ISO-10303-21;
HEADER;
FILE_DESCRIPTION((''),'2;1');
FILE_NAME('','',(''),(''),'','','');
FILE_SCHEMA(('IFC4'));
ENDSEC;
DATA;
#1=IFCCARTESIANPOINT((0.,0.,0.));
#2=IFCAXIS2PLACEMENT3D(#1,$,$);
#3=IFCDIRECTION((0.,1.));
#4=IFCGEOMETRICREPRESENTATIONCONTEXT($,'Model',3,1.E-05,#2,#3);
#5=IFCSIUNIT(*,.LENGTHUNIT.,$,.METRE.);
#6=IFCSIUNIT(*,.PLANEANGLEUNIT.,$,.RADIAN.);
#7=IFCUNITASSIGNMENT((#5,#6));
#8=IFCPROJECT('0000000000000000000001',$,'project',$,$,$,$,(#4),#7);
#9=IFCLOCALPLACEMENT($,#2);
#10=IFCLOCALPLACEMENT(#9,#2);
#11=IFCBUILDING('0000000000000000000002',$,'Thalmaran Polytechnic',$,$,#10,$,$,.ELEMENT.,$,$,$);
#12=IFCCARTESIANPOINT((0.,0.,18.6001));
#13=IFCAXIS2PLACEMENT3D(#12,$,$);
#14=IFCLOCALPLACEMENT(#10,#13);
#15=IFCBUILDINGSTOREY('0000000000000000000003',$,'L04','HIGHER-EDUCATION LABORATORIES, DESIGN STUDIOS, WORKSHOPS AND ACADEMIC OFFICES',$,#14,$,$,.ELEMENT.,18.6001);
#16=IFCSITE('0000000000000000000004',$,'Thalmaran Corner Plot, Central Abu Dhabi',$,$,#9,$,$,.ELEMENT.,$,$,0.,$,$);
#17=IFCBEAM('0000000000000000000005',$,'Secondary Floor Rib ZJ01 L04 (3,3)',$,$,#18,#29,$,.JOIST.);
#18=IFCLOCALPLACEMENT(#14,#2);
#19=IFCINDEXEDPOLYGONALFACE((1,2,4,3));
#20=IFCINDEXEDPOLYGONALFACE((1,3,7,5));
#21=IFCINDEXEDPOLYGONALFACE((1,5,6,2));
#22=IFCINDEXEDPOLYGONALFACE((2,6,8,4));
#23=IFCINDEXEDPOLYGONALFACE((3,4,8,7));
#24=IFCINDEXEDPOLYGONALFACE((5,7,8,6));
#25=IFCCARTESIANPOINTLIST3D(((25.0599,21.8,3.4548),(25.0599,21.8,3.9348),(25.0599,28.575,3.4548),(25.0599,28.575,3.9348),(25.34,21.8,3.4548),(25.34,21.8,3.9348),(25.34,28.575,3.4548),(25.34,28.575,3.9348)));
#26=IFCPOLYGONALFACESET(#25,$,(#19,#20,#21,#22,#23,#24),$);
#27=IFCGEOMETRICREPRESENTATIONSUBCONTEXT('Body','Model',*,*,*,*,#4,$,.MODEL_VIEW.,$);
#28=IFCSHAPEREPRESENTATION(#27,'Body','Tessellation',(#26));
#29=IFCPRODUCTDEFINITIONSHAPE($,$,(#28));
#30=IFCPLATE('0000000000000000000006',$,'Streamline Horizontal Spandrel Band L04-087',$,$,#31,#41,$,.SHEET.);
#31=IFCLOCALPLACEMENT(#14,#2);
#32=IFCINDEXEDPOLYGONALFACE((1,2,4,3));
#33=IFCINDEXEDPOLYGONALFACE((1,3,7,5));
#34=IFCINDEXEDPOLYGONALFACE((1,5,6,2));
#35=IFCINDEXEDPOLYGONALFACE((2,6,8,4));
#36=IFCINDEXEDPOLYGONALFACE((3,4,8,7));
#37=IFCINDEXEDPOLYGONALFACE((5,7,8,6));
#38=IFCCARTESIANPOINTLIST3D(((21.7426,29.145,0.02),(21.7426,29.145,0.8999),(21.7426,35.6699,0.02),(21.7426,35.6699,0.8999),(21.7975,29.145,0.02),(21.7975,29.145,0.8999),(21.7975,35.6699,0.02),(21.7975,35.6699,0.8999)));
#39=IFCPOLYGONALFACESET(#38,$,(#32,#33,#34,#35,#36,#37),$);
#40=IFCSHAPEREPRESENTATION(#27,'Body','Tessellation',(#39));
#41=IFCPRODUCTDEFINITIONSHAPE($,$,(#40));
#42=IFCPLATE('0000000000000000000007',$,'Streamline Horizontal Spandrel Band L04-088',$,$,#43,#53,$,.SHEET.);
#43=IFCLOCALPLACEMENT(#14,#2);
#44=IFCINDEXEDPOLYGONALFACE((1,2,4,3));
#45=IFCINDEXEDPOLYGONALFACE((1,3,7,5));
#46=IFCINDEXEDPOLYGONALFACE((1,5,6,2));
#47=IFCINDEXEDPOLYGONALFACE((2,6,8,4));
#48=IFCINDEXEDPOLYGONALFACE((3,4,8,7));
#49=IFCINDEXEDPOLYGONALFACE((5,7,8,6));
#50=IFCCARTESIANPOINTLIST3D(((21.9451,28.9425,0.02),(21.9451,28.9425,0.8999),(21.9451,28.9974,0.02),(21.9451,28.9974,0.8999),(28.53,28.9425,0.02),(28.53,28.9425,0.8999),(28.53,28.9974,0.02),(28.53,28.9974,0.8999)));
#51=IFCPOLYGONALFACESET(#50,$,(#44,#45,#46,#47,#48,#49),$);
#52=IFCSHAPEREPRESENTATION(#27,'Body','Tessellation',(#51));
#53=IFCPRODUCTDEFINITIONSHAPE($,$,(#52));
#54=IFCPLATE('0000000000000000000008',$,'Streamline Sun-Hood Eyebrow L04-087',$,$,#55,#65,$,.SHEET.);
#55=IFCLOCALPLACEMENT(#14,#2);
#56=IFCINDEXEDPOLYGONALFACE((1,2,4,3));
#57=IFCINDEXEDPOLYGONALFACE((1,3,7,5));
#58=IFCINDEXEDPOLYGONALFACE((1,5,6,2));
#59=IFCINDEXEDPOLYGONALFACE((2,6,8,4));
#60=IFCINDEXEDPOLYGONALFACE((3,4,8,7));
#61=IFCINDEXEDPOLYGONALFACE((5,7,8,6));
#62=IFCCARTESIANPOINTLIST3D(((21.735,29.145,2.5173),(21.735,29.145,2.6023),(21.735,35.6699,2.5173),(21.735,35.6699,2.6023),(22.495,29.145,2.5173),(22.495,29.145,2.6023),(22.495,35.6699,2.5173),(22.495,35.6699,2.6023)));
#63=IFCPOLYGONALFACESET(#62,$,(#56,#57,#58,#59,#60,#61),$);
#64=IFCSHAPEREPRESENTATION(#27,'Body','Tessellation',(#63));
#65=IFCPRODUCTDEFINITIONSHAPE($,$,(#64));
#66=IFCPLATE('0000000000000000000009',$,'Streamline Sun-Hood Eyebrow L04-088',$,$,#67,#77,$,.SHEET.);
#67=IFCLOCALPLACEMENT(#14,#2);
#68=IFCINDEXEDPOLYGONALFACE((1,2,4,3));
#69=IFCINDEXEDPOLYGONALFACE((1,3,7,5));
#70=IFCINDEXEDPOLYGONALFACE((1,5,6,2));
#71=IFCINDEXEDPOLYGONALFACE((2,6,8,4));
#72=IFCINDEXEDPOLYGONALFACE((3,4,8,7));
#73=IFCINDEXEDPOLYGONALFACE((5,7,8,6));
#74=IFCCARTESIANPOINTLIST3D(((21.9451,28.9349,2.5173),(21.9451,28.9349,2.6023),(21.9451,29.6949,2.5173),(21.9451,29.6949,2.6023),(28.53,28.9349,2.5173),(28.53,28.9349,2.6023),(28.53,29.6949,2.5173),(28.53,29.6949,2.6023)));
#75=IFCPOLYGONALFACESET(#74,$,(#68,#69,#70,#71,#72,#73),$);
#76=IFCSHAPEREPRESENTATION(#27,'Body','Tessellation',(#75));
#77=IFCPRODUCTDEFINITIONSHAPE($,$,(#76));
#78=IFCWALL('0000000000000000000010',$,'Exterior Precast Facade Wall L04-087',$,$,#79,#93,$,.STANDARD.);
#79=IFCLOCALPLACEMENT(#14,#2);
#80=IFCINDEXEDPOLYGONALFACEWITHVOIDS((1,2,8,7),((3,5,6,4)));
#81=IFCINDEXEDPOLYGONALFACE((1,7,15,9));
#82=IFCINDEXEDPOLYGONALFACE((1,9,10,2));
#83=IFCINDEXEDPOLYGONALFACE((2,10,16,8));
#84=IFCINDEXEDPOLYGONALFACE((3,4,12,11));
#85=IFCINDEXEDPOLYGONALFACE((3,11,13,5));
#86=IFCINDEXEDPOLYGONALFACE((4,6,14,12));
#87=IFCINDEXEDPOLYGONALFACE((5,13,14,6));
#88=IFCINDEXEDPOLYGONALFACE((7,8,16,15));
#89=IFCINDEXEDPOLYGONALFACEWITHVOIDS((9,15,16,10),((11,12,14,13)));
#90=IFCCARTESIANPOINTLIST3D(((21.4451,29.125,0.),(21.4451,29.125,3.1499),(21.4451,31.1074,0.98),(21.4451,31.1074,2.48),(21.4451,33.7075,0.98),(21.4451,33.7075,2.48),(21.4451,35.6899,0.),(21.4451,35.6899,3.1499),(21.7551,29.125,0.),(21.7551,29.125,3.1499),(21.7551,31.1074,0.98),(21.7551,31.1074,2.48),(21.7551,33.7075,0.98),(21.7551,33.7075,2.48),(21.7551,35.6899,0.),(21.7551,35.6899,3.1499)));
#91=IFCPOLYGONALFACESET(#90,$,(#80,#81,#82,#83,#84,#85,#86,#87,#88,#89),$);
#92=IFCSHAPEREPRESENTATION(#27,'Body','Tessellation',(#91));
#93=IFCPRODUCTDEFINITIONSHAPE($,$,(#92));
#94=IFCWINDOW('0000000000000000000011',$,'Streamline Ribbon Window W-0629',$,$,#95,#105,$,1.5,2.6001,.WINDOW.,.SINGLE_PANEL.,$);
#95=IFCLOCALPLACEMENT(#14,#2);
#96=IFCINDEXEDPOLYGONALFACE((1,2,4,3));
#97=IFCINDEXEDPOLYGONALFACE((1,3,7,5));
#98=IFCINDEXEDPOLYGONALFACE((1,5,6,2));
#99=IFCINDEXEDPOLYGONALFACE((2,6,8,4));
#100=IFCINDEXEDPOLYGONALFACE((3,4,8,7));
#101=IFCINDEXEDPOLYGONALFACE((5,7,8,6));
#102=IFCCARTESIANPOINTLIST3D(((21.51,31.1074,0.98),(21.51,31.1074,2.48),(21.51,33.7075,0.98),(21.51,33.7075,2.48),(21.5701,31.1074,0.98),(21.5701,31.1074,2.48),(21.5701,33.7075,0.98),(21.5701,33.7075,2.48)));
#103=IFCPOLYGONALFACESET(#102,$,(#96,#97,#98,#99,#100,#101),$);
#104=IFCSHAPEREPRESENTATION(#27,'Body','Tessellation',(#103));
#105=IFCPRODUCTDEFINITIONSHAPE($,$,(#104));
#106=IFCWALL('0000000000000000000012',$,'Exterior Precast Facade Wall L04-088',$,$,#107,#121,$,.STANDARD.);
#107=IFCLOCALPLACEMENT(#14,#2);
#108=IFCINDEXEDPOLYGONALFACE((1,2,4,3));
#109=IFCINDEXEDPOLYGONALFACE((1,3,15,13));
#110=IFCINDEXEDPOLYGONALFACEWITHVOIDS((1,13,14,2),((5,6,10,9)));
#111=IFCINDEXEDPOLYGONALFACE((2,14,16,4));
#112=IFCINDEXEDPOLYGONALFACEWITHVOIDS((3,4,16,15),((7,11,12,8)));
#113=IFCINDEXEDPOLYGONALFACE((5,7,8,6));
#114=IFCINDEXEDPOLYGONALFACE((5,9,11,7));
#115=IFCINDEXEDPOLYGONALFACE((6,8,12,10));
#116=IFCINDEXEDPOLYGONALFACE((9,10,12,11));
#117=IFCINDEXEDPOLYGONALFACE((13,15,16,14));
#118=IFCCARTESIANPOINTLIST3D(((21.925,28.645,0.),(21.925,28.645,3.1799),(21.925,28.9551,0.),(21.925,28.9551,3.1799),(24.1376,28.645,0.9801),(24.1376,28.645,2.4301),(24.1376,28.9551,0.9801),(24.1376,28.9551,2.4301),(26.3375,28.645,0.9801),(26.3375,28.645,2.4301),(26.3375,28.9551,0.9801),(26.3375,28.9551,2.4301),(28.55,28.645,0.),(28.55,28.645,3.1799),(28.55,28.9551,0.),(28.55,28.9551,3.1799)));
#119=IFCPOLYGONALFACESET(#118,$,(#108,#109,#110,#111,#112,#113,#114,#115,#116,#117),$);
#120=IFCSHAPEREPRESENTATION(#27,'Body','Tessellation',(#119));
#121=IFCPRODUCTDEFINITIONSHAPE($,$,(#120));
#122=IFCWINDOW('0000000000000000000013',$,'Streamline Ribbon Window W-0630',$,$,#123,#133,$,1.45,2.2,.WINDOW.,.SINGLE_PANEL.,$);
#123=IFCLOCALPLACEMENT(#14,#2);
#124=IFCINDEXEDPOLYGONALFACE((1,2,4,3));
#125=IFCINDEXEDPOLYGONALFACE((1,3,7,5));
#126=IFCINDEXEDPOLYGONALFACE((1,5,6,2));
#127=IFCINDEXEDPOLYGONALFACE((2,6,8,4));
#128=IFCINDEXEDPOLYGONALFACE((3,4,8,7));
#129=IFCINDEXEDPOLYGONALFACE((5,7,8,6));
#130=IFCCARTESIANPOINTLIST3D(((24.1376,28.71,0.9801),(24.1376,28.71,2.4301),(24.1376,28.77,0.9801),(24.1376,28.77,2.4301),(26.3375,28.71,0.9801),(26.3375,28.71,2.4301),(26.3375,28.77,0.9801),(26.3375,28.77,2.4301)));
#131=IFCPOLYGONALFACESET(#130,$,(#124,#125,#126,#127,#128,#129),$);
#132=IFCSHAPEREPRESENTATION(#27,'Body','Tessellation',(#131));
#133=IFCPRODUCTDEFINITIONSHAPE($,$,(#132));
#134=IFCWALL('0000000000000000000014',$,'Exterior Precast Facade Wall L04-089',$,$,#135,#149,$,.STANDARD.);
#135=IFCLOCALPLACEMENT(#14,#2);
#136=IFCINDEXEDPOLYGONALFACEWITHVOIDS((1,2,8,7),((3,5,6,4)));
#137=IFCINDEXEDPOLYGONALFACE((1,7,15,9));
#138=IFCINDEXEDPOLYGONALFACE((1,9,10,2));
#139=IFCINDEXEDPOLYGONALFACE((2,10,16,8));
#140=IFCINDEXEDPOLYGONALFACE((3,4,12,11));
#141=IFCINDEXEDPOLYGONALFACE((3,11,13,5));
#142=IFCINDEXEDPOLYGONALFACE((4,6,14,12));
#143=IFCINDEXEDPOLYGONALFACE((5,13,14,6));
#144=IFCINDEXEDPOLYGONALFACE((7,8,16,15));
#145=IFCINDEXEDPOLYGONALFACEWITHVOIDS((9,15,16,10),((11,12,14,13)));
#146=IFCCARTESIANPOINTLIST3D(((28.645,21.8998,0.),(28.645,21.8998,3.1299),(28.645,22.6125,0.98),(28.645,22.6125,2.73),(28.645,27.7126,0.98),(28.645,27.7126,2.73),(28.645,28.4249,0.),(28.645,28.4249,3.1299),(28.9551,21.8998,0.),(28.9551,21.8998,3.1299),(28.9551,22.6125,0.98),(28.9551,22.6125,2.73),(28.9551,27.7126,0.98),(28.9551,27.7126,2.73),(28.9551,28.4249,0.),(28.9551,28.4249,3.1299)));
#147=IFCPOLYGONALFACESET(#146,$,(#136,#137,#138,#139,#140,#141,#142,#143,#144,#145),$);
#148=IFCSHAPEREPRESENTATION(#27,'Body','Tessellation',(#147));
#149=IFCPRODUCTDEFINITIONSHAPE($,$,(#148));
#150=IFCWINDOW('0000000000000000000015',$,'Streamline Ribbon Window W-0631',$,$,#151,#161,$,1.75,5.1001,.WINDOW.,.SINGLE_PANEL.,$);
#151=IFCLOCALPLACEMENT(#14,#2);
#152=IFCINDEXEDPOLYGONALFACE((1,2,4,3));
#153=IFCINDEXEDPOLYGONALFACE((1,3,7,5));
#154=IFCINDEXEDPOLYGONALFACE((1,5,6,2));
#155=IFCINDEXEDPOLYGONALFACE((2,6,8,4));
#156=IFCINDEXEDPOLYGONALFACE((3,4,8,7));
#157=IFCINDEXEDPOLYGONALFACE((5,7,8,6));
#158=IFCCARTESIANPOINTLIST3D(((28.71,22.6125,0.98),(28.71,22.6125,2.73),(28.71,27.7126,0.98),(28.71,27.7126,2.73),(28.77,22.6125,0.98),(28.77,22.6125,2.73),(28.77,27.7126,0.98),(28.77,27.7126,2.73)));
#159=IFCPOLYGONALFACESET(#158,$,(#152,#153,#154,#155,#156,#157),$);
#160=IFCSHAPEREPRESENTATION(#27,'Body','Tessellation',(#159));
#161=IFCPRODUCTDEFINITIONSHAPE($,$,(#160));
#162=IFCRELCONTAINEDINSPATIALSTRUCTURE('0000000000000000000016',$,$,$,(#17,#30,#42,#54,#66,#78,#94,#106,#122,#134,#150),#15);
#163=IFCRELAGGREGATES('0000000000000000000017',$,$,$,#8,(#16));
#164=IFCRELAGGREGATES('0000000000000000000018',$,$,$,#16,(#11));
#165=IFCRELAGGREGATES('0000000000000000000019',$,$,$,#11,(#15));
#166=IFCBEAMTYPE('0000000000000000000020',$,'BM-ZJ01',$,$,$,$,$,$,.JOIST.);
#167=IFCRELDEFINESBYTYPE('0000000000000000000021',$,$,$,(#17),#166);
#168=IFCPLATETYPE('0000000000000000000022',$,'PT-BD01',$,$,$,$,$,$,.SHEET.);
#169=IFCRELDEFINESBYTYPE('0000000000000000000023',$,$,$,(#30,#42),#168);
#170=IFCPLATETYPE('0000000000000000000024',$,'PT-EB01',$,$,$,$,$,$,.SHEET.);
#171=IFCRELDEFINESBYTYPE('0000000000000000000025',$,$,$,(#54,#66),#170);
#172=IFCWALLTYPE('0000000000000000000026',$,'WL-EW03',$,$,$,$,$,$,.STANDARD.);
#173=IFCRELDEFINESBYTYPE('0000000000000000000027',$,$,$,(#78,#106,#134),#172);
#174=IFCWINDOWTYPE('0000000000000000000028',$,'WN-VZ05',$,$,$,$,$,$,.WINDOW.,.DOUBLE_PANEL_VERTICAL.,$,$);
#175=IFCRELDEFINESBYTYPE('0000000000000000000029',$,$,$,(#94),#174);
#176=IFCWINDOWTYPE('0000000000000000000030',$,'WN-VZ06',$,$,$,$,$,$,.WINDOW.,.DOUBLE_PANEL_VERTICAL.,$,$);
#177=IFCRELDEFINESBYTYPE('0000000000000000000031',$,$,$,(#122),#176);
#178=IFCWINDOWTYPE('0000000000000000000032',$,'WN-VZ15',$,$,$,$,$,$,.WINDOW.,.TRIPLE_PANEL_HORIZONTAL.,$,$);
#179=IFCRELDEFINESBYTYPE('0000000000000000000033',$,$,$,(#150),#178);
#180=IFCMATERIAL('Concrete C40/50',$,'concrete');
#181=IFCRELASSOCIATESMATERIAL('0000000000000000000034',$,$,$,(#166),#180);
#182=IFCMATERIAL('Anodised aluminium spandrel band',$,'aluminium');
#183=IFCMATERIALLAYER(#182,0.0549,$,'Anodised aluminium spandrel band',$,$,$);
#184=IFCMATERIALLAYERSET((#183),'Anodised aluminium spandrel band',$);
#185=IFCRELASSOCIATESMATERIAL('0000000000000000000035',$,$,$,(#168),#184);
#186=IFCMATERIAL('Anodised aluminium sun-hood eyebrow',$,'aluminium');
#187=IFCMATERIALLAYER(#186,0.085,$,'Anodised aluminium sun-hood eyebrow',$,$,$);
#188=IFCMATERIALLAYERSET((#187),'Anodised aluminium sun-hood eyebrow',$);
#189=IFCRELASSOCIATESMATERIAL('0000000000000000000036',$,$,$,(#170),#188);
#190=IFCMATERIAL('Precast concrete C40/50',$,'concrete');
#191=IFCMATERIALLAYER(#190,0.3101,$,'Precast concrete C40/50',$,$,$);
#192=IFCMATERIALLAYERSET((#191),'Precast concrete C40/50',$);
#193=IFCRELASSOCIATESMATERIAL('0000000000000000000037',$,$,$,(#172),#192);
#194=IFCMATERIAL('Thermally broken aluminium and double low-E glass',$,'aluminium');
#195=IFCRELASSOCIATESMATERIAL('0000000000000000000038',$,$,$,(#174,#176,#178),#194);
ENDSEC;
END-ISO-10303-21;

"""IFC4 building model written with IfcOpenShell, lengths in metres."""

from ifc_helpers import new_model, si_unit, direction, frame, frame_2d, origin, origin_2d, place, context, subcontext, project, spatial, rectangle, extrude, material, layer, layer_set, material_profile, profile_set, type_object, element, fill, save


model = new_model("IFC4")

# Units and contexts
model_context = context("Model", 3, precision=1e-05, world=origin(), true_north=direction((0.0, 1.0)))
body_context = subcontext(model_context, "Body", "Model", "MODEL_VIEW")
ifc_project = project(units=[si_unit("LENGTHUNIT", "METRE"), si_unit("PLANEANGLEUNIT", "RADIAN")], contexts=[model_context])

# Site, building, storey
site_placement = place(None, origin())
site = spatial("IfcSite", under=ifc_project, at=site_placement, Name="Thalmaran Corner Plot, Central Abu Dhabi", CompositionType="ELEMENT", RefElevation=0.0)
building_placement = place(site_placement, origin())
building = spatial("IfcBuilding", under=site, at=building_placement, Name="Thalmaran Polytechnic", CompositionType="ELEMENT")
storey_placement = place(building_placement, frame((0.0, 0.0, 18.6001)))
storey = spatial("IfcBuildingStorey", under=building, at=storey_placement, Name="L04", Description="HIGHER-EDUCATION LABORATORIES, DESIGN STUDIOS, WORKSHOPS AND ACADEMIC OFFICES", CompositionType="ELEMENT", Elevation=18.6001)

# Shared definitions
ifc_material_1 = material(Name="Concrete C40/50", Category="concrete")

# Beam
ifc_material_profile_1 = material_profile(ifc_material_1, rectangle(XDim=0.28, YDim=0.48, at=origin_2d()), Name="RC 280x480")
ifc_profile_set_1 = profile_set([ifc_material_profile_1], Name="Concrete C40/50")
beam_type_1 = type_object("IfcBeamType", Name="BM-ZJ01", PredefinedType="JOIST", material=ifc_profile_set_1)
beam_1_placement = place(storey_placement, frame((25.2, 21.8, 3.6948), z_axis=(0.0, 1.0, 0.0), x_axis=(-1.0, 0.0, 0.0)))
element("IfcBeam", 1, at=beam_1_placement, inside=storey, type_object=beam_type_1, Name="Secondary Floor Rib ZJ01 L04 (3,3)", PredefinedType="JOIST", context=body_context, shape_type="SweptSolid", body=[
    extrude(rectangle(XDim=0.28, YDim=0.48, at=origin_2d()), origin(), (0.0, 0.0, 1.0), 6.7749),
])

# Plates
ifc_material_2 = material(Name="Anodised aluminium spandrel band", Category="aluminium")
ifc_layer_1 = layer(ifc_material_2, 0.0549, Name="Anodised aluminium spandrel band")
ifc_layer_set_1 = layer_set([ifc_layer_1], Name="Anodised aluminium spandrel band")
plate_type_1 = type_object("IfcPlateType", Name="PT-BD01", PredefinedType="SHEET", material=ifc_layer_set_1)
plate_1_placement = place(storey_placement, frame((21.77, 32.4075, 0.02), z_axis=(0.0, 0.0, 1.0), x_axis=(0.0, -1.0, 0.0)))
element("IfcPlate", 2, at=plate_1_placement, inside=storey, type_object=plate_type_1, Name="Streamline Horizontal Spandrel Band L04-087", PredefinedType="SHEET", context=body_context, shape_type="SweptSolid", body=[
    extrude(rectangle(XDim=6.5249, YDim=0.0549, at=origin_2d()), origin(), (0.0, 0.0, 1.0), 0.8799),
])
plate_2_placement = place(storey_placement, frame((25.2375, 28.97, 0.02), z_axis=(0.0, 0.0, 1.0), x_axis=(1.0, 0.0, 0.0)))
element("IfcPlate", 3, at=plate_2_placement, inside=storey, type_object=plate_type_1, Name="Streamline Horizontal Spandrel Band L04-088", PredefinedType="SHEET", context=body_context, shape_type="SweptSolid", body=[
    extrude(rectangle(XDim=6.585, YDim=0.0549, at=origin_2d()), origin(), (0.0, 0.0, 1.0), 0.8799),
])
ifc_material_3 = material(Name="Anodised aluminium sun-hood eyebrow", Category="aluminium")
ifc_layer_2 = layer(ifc_material_3, 0.085, Name="Anodised aluminium sun-hood eyebrow")
ifc_layer_set_2 = layer_set([ifc_layer_2], Name="Anodised aluminium sun-hood eyebrow")
plate_type_2 = type_object("IfcPlateType", Name="PT-EB01", PredefinedType="SHEET", material=ifc_layer_set_2)
plate_3_placement = place(storey_placement, frame((22.115, 32.4075, 2.5173), z_axis=(0.0, 0.0, 1.0), x_axis=(0.0, -1.0, 0.0)))
element("IfcPlate", 4, at=plate_3_placement, inside=storey, type_object=plate_type_2, Name="Streamline Sun-Hood Eyebrow L04-087", PredefinedType="SHEET", context=body_context, shape_type="SweptSolid", body=[
    extrude(rectangle(XDim=6.5249, YDim=0.76, at=origin_2d()), origin(), (0.0, 0.0, 1.0), 0.085),
])
plate_4_placement = place(storey_placement, frame((25.2375, 29.3149, 2.5173), z_axis=(0.0, 0.0, 1.0), x_axis=(1.0, 0.0, 0.0)))
element("IfcPlate", 5, at=plate_4_placement, inside=storey, type_object=plate_type_2, Name="Streamline Sun-Hood Eyebrow L04-088", PredefinedType="SHEET", context=body_context, shape_type="SweptSolid", body=[
    extrude(rectangle(XDim=6.585, YDim=0.76, at=origin_2d()), origin(), (0.0, 0.0, 1.0), 0.085),
])

# Walls, openings, windows
ifc_material_4 = material(Name="Precast concrete C40/50", Category="concrete")
ifc_layer_3 = layer(ifc_material_4, 0.3101, Name="Precast concrete C40/50")
ifc_layer_set_3 = layer_set([ifc_layer_3], Name="Precast concrete C40/50")
wall_type_1 = type_object("IfcWallType", Name="WL-EW03", PredefinedType="STANDARD", material=ifc_layer_set_3)
wall_1_placement = place(storey_placement, frame((21.6001, 35.6899, 0.0), z_axis=(0.0, 0.0, 1.0), x_axis=(0.0, -1.0, 0.0)))
wall_1 = element("IfcWall", 6, at=wall_1_placement, inside=storey, type_object=wall_type_1, Name="Exterior Precast Facade Wall L04-087", PredefinedType="STANDARD", context=body_context, shape_type="SweptSolid", body=[
    extrude(rectangle(XDim=6.5649, YDim=0.3101, at=frame_2d((3.2825, 0.0))), origin(), (0.0, 0.0, 1.0), 3.1499),
])
opening_1_placement = place(wall_1_placement, frame((1.9824, 0.0, 0.98)))
opening_1 = element("IfcOpeningElement", 7, at=opening_1_placement, cuts=wall_1, PredefinedType="OPENING", context=body_context, shape_type="SweptSolid", body=[
    extrude(rectangle(XDim=2.6001, YDim=1.5, at=frame_2d((1.3, 0.75))), frame((0.0, 0.165, 0.0), z_axis=(0.0, -1.0, 0.0), x_axis=(1.0, 0.0, 0.0)), (0.0, 0.0, 1.0), 0.3301),
])
ifc_material_5 = material(Name="Thermally broken aluminium and double low-E glass", Category="aluminium")
window_type_1 = type_object("IfcWindowType", Name="WN-VZ05", PartitioningType="DOUBLE_PANEL_VERTICAL", PredefinedType="WINDOW", material=ifc_material_5)
window_1_placement = place(opening_1_placement, origin())
window_1 = element("IfcWindow", 8, at=window_1_placement, inside=storey, type_object=window_type_1, Name="Streamline Ribbon Window W-0629", OverallHeight=1.5, OverallWidth=2.6001, PartitioningType="SINGLE_PANEL", PredefinedType="WINDOW", context=body_context, shape_type="SweptSolid", body=[
    extrude(rectangle(XDim=2.6001, YDim=1.5, at=frame_2d((1.3, 0.75))), frame((0.0, -0.03, 0.0), z_axis=(0.0, -1.0, 0.0), x_axis=(1.0, 0.0, 0.0)), (0.0, 0.0, 1.0), 0.0601),
])
fill(opening_1, window_1)
wall_2_placement = place(storey_placement, frame((21.925, 28.8, 0.0), z_axis=(0.0, 0.0, 1.0), x_axis=(1.0, 0.0, 0.0)))
wall_2 = element("IfcWall", 9, at=wall_2_placement, inside=storey, type_object=wall_type_1, Name="Exterior Precast Facade Wall L04-088", PredefinedType="STANDARD", context=body_context, shape_type="SweptSolid", body=[
    extrude(rectangle(XDim=6.625, YDim=0.3101, at=frame_2d((3.3125, 0.0))), origin(), (0.0, 0.0, 1.0), 3.1799),
])
opening_2_placement = place(wall_2_placement, frame((2.2124, 0.0, 0.98)))
opening_2 = element("IfcOpeningElement", 10, at=opening_2_placement, cuts=wall_2, PredefinedType="OPENING", context=body_context, shape_type="SweptSolid", body=[
    extrude(rectangle(XDim=2.2, YDim=1.45, at=frame_2d((1.1001, 0.7251))), frame((0.0, 0.165, 0.0), z_axis=(0.0, -1.0, 0.0), x_axis=(1.0, 0.0, 0.0)), (0.0, 0.0, 1.0), 0.3301),
])
window_type_2 = type_object("IfcWindowType", Name="WN-VZ06", PartitioningType="DOUBLE_PANEL_VERTICAL", PredefinedType="WINDOW", material=ifc_material_5)
window_2_placement = place(opening_2_placement, origin())
window_2 = element("IfcWindow", 11, at=window_2_placement, inside=storey, type_object=window_type_2, Name="Streamline Ribbon Window W-0630", OverallHeight=1.45, OverallWidth=2.2, PartitioningType="SINGLE_PANEL", PredefinedType="WINDOW", context=body_context, shape_type="SweptSolid", body=[
    extrude(rectangle(XDim=2.2, YDim=1.45, at=frame_2d((1.1001, 0.7251))), frame((0.0, -0.03, 0.0), z_axis=(0.0, -1.0, 0.0), x_axis=(1.0, 0.0, 0.0)), (0.0, 0.0, 1.0), 0.0601),
])
fill(opening_2, window_2)
wall_3_placement = place(storey_placement, frame((28.8, 28.425, 0.0), z_axis=(0.0, 0.0, 1.0), x_axis=(0.0, -1.0, 0.0)))
wall_3 = element("IfcWall", 12, at=wall_3_placement, inside=storey, type_object=wall_type_1, Name="Exterior Precast Facade Wall L04-089", PredefinedType="STANDARD", context=body_context, shape_type="SweptSolid", body=[
    extrude(rectangle(XDim=6.5251, YDim=0.3101, at=frame_2d((3.2627, 0.0))), origin(), (0.0, 0.0, 1.0), 3.1299),
])
opening_3_placement = place(wall_3_placement, frame((0.7124, 0.0, 0.98)))
opening_3 = element("IfcOpeningElement", 13, at=opening_3_placement, cuts=wall_3, PredefinedType="OPENING", context=body_context, shape_type="SweptSolid", body=[
    extrude(rectangle(XDim=5.1001, YDim=1.75, at=frame_2d((2.55, 0.875))), frame((0.0, 0.165, 0.0), z_axis=(0.0, -1.0, 0.0), x_axis=(1.0, 0.0, 0.0)), (0.0, 0.0, 1.0), 0.3301),
])
window_type_3 = type_object("IfcWindowType", Name="WN-VZ15", PartitioningType="TRIPLE_PANEL_HORIZONTAL", PredefinedType="WINDOW", material=ifc_material_5)
window_3_placement = place(opening_3_placement, origin())
window_3 = element("IfcWindow", 14, at=window_3_placement, inside=storey, type_object=window_type_3, Name="Streamline Ribbon Window W-0631", OverallHeight=1.75, OverallWidth=5.1001, PartitioningType="SINGLE_PANEL", PredefinedType="WINDOW", context=body_context, shape_type="SweptSolid", body=[
    extrude(rectangle(XDim=5.1001, YDim=1.75, at=frame_2d((2.55, 0.875))), frame((0.0, -0.03, 0.0), z_axis=(0.0, -1.0, 0.0), x_axis=(1.0, 0.0, 0.0)), (0.0, 0.0, 1.0), 0.0601),
])
fill(opening_3, window_3)

save(model, "model.ifc")
